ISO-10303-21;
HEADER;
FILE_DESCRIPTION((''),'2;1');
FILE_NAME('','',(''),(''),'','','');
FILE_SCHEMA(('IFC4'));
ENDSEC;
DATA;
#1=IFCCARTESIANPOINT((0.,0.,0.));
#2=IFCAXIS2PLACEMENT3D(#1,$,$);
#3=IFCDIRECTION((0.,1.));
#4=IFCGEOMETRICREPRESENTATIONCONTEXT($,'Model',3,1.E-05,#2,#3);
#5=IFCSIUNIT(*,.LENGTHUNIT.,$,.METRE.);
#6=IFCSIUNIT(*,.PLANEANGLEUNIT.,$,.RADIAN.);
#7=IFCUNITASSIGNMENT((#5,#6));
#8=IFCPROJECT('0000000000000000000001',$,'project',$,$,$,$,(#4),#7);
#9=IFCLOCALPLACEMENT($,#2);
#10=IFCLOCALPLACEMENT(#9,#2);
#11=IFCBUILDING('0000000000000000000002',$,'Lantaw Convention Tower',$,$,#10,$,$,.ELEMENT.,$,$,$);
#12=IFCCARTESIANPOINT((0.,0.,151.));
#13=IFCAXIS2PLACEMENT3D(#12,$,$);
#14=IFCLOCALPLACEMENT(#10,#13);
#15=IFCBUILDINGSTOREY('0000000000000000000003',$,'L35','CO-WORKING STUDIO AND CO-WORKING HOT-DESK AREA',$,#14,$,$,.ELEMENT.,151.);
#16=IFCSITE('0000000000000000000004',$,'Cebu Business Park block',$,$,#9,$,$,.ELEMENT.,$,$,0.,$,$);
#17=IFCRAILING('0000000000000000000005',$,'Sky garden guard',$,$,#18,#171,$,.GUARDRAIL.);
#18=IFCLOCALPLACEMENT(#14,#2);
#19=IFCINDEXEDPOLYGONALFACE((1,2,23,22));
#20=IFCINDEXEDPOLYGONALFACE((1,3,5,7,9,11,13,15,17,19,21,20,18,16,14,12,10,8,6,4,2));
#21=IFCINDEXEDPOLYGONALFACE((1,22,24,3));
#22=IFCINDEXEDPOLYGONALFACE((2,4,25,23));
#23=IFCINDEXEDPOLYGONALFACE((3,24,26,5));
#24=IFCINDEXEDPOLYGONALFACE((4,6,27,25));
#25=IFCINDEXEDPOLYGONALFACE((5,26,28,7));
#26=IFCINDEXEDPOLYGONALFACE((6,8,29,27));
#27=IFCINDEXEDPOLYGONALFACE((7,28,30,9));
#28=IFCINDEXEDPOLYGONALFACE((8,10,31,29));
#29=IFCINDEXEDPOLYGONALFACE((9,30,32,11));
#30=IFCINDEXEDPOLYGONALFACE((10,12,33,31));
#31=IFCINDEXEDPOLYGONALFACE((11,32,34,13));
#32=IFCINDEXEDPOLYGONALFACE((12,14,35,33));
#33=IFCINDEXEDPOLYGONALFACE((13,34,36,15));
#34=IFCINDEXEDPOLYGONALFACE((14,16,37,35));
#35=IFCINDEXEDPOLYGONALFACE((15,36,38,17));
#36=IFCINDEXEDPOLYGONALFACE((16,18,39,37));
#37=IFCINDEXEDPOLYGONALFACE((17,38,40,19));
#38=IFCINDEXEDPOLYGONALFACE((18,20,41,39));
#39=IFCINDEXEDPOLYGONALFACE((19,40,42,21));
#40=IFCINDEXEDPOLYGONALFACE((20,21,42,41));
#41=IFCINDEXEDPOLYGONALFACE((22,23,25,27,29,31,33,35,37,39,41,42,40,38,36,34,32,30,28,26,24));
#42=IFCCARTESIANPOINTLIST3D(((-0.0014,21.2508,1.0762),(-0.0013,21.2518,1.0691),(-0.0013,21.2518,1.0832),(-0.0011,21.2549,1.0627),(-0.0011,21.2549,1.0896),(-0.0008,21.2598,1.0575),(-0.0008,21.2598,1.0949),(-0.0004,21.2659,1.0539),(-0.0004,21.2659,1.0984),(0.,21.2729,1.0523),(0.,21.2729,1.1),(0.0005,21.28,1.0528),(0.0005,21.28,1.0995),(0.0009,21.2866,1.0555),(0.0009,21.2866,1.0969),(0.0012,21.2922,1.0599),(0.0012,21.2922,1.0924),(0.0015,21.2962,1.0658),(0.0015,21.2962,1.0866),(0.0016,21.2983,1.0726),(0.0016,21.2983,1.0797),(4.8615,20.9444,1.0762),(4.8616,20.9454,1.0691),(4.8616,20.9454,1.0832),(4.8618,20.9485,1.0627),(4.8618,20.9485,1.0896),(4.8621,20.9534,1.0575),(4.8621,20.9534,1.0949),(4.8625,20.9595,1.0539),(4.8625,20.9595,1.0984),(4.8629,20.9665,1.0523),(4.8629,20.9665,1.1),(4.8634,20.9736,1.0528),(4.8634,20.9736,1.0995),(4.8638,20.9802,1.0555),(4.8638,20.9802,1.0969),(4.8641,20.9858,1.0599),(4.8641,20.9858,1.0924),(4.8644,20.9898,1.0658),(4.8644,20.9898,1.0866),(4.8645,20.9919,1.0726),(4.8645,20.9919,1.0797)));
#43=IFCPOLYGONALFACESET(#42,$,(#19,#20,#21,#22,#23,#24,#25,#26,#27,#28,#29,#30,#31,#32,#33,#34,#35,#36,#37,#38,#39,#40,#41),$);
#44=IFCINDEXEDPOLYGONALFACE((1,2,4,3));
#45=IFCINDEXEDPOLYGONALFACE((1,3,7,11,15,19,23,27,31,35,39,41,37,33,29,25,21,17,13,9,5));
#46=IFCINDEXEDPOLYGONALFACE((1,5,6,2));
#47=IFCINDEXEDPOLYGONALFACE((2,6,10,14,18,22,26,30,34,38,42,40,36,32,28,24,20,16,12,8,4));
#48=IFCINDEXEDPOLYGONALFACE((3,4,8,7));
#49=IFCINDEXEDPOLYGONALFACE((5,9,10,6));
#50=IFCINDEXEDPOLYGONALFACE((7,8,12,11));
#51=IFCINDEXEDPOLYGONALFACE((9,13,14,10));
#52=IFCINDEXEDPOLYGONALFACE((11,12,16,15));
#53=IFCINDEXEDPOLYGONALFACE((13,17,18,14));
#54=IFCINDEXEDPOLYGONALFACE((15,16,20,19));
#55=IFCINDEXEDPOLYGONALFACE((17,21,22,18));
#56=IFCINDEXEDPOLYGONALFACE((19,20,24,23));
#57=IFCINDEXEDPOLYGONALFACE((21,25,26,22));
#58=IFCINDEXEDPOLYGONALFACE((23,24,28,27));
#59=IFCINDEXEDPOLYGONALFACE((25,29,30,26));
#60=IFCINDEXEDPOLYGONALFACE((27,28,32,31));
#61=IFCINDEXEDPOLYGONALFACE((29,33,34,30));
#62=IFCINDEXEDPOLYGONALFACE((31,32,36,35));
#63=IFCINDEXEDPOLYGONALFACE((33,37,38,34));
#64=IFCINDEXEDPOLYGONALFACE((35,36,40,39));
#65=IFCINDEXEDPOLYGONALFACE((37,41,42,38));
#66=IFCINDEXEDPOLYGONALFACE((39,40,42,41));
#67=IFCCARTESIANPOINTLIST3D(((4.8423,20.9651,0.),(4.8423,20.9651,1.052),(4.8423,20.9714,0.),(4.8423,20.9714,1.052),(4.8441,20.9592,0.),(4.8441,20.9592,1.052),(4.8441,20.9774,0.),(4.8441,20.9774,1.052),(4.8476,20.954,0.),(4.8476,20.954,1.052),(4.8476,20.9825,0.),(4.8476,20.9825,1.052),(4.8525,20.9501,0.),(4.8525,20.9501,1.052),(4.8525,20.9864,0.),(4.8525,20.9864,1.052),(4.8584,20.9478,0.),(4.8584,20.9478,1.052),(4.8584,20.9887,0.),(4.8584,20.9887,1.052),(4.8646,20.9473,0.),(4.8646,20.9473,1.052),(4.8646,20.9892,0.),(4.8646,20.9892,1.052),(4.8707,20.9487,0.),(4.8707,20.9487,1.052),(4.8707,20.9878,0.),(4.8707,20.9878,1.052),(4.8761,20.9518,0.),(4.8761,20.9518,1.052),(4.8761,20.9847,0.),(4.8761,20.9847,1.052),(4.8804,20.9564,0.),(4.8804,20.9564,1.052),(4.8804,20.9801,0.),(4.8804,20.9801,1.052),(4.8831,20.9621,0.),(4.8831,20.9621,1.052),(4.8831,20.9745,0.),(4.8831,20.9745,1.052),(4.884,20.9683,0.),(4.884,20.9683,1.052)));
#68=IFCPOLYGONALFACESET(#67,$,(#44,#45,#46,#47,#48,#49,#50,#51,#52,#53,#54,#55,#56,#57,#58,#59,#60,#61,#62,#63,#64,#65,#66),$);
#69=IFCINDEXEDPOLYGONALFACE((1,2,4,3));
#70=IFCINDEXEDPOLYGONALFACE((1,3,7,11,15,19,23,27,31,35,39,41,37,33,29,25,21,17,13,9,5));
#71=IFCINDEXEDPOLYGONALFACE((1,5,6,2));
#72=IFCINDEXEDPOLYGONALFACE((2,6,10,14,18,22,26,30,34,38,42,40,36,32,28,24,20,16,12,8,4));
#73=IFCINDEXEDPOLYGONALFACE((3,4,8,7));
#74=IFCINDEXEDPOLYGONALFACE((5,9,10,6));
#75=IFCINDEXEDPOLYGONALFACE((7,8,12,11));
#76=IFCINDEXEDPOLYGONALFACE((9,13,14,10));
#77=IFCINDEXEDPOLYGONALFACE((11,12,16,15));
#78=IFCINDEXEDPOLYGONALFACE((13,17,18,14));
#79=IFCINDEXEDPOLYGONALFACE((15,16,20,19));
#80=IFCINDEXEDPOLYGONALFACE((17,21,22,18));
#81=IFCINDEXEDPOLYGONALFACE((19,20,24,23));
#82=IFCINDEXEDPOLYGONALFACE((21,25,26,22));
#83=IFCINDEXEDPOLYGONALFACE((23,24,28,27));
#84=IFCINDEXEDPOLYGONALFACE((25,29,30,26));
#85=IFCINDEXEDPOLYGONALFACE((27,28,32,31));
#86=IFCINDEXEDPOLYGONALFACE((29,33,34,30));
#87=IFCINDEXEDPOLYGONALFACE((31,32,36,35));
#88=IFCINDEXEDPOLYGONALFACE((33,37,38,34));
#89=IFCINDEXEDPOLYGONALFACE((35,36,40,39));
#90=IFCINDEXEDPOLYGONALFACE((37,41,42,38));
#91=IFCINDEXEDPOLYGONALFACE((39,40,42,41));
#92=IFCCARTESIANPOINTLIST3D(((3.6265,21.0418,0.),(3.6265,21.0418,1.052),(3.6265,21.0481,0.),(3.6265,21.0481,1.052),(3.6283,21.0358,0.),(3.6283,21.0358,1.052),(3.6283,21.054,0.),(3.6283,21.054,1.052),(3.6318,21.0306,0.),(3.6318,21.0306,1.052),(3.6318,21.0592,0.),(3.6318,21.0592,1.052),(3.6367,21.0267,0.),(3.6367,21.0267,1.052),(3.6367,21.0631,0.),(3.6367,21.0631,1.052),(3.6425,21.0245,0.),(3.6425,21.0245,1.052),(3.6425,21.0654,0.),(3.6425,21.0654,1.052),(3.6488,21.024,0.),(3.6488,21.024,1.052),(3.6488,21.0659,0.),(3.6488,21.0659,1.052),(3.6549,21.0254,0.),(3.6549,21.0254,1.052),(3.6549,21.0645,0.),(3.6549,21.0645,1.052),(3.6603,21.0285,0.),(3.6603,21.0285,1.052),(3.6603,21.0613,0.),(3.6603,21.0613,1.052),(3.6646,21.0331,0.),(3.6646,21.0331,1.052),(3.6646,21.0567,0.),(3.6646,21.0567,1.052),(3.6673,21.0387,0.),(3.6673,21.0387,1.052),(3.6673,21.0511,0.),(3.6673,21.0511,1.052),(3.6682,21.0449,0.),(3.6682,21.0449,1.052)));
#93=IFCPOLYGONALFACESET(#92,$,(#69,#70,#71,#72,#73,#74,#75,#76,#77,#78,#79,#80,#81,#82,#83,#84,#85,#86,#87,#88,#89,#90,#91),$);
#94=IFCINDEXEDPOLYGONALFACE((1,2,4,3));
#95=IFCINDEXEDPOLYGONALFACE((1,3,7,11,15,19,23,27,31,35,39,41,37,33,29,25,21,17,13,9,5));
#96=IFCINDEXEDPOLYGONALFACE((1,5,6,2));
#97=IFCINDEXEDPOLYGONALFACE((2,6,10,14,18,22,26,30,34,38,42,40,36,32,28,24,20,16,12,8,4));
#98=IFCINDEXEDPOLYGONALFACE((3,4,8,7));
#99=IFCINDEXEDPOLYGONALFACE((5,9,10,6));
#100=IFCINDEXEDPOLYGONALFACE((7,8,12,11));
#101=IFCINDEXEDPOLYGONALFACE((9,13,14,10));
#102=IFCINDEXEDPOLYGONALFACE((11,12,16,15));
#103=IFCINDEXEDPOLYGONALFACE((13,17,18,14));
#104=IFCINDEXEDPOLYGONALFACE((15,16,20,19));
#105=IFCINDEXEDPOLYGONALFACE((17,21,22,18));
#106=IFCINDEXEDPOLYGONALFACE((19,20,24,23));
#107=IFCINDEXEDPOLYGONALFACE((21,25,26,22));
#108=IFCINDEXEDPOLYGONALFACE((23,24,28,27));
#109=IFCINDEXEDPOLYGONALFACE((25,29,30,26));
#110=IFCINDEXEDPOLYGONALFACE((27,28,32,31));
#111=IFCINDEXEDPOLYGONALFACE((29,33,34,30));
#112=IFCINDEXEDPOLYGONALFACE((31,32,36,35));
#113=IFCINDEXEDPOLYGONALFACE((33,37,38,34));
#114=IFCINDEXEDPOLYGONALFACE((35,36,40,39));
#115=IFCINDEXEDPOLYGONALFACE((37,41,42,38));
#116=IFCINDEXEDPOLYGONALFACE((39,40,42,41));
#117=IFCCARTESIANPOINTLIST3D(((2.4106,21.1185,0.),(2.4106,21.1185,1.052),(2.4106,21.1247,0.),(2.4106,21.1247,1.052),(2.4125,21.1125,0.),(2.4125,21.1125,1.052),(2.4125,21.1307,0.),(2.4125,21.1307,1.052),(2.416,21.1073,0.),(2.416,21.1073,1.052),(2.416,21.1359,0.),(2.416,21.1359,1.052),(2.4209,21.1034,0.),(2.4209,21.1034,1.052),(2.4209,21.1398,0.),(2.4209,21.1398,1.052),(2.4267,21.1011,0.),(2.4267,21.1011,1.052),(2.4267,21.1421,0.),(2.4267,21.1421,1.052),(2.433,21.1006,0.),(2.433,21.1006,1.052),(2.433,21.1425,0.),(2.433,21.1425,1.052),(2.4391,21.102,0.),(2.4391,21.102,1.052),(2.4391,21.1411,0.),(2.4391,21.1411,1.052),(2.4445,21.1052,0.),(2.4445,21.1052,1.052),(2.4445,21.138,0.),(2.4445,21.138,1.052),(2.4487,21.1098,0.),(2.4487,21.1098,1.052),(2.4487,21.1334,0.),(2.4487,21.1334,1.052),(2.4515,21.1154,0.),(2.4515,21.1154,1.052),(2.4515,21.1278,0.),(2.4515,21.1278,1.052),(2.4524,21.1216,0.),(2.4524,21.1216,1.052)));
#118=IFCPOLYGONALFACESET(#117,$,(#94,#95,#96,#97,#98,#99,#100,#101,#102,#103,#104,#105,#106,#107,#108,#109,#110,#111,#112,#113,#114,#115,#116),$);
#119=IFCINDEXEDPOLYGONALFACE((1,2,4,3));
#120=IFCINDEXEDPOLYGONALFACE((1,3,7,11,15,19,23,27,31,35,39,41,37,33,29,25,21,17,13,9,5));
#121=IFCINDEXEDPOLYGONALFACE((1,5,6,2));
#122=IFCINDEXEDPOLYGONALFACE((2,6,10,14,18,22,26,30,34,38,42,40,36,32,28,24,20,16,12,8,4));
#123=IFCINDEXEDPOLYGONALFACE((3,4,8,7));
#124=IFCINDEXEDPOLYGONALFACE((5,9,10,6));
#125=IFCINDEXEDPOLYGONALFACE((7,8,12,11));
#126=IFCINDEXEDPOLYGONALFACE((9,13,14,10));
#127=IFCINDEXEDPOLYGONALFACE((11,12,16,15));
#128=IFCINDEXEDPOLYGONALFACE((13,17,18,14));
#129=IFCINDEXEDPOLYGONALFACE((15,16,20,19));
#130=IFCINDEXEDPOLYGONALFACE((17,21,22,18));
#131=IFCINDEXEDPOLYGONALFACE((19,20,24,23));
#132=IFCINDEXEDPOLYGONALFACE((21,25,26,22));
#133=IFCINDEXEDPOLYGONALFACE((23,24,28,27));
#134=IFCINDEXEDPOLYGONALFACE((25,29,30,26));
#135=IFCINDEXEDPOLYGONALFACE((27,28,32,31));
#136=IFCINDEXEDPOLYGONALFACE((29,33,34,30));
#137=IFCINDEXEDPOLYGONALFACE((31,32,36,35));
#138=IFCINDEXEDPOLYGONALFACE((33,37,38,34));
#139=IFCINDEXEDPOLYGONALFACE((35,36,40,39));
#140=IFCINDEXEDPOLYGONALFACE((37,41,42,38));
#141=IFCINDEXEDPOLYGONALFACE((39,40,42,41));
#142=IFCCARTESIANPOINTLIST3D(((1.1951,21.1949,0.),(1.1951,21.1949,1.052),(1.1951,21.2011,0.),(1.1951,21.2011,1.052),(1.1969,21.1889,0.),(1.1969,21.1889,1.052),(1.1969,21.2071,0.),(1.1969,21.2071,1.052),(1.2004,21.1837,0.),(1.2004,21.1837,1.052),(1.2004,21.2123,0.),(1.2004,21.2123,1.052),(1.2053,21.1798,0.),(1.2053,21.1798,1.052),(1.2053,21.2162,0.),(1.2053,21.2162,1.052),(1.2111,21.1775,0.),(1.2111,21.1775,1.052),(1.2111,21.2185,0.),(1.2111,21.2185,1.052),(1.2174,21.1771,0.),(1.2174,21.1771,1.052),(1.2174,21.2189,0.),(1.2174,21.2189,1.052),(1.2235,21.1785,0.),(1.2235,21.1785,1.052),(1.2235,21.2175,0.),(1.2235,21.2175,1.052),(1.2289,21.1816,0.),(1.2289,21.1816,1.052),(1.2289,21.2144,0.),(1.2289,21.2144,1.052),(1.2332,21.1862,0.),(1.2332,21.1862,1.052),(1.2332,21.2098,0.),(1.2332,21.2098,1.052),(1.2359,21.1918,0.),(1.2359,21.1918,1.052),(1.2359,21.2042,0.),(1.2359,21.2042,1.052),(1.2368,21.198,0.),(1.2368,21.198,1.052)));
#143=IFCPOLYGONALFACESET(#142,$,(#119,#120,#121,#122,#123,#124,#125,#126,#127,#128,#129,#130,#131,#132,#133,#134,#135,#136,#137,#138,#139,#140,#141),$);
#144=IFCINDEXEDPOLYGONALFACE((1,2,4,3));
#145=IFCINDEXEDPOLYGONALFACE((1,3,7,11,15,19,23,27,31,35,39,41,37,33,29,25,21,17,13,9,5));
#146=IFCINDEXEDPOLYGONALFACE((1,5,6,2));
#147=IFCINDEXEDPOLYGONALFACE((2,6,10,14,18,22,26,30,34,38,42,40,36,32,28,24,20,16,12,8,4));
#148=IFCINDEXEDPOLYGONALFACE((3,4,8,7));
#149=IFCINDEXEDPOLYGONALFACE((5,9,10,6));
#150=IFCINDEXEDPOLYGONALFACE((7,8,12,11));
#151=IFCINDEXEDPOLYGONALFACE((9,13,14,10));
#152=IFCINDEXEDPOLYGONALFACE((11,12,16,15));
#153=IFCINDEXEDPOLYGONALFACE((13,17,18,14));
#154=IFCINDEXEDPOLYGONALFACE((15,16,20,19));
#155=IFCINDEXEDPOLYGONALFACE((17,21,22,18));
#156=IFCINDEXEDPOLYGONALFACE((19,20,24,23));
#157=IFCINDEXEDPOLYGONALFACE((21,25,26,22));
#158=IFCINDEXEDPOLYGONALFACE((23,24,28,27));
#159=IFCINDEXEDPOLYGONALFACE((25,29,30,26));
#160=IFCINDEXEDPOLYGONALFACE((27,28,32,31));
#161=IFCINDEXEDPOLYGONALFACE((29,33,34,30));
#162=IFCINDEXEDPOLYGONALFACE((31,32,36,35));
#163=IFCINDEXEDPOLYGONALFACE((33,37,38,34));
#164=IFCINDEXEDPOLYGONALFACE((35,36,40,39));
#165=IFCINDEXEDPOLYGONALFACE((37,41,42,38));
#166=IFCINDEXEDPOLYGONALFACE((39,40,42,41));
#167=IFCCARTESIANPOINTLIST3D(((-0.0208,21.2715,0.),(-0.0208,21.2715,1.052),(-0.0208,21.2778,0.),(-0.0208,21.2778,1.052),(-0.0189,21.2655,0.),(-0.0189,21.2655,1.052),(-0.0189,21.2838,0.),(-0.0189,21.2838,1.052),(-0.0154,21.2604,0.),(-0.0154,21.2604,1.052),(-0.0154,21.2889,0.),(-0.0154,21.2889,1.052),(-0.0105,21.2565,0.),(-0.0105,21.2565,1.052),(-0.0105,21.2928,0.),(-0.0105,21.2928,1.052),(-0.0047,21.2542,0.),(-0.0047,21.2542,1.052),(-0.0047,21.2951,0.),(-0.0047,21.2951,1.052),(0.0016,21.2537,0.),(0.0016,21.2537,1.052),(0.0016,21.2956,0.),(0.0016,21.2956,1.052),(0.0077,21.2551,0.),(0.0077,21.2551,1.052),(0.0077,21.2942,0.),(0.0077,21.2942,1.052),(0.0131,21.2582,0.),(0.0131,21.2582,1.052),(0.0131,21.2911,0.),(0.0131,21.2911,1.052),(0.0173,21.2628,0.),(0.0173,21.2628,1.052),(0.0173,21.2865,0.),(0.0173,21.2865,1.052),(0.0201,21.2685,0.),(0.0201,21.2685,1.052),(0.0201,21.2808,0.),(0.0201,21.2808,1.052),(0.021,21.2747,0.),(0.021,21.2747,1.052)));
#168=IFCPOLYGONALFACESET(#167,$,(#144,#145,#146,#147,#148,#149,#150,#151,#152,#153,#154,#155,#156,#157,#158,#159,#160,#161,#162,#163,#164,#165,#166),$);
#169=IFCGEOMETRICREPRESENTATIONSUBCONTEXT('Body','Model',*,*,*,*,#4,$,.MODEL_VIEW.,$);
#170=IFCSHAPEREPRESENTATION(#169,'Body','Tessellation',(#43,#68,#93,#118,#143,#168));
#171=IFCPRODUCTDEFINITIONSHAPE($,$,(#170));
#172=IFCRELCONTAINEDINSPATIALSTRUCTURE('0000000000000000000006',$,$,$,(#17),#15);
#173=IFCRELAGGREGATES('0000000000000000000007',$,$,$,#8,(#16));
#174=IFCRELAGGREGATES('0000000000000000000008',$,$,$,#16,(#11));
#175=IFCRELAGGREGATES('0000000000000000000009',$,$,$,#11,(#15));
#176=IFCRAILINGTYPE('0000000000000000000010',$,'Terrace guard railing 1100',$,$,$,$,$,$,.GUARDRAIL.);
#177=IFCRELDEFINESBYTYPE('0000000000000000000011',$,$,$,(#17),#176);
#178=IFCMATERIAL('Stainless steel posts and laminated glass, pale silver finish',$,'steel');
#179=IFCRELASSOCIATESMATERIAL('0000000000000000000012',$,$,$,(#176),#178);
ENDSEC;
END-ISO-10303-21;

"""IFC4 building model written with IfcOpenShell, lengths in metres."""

from ifc_helpers import new_model, si_unit, direction, frame, origin, origin_2d, place, context, subcontext, project, spatial, circle, extrude, material, type_object, element, save


model = new_model("IFC4")

# Units and contexts
model_context = context("Model", 3, precision=1e-05, world=origin(), true_north=direction((0.0, 1.0)))
body_context = subcontext(model_context, "Body", "Model", "MODEL_VIEW")
ifc_project = project(units=[si_unit("LENGTHUNIT", "METRE"), si_unit("PLANEANGLEUNIT", "RADIAN")], contexts=[model_context])

# Site, building, storey
site_placement = place(None, origin())
site = spatial("IfcSite", under=ifc_project, at=site_placement, Name="Cebu Business Park block", CompositionType="ELEMENT", RefElevation=0.0)
building_placement = place(site_placement, origin())
building = spatial("IfcBuilding", under=site, at=building_placement, Name="Lantaw Convention Tower", CompositionType="ELEMENT")
storey_placement = place(building_placement, frame((0.0, 0.0, 151.0)))
storey = spatial("IfcBuildingStorey", under=building, at=storey_placement, Name="L35", Description="CO-WORKING STUDIO AND CO-WORKING HOT-DESK AREA", CompositionType="ELEMENT", Elevation=151.0)

# Railing
ifc_material_1 = material(Name="Stainless steel posts and laminated glass, pale silver finish", Category="steel")
railing_type = type_object("IfcRailingType", Name="Terrace guard railing 1100", PredefinedType="GUARDRAIL", material=ifc_material_1)
railing_1_placement = place(storey_placement, frame((4.863, 20.9683, 0.0)))
element("IfcRailing", 1, at=railing_1_placement, inside=storey, type_object=railing_type, Name="Sky garden guard", PredefinedType="GUARDRAIL", context=body_context, shape_type="SweptSolid", body=[
    extrude(circle(Radius=0.0239, at=origin_2d()), frame((0.0, 0.0, 1.0762), z_axis=(-0.998021, 0.06288, 0.0), x_axis=(-0.06288, -0.998021, 0.0)), (0.0, 0.0, 1.0), 4.8726),
    extrude(circle(Radius=0.021, at=origin_2d()), origin(), (0.0, 0.0, 1.0), 1.052),
    extrude(circle(Radius=0.021, at=origin_2d()), frame((-1.2158, 0.0767, 0.0)), (0.0, 0.0, 1.0), 1.052),
    extrude(circle(Radius=0.021, at=origin_2d()), frame((-2.4316, 0.1533, 0.0)), (0.0, 0.0, 1.0), 1.052),
    extrude(circle(Radius=0.021, at=origin_2d()), frame((-3.6472, 0.2297, 0.0)), (0.0, 0.0, 1.0), 1.052),
    extrude(circle(Radius=0.021, at=origin_2d()), frame((-4.863, 0.3064, 0.0)), (0.0, 0.0, 1.0), 1.052),
])

save(model, "model.ifc")
